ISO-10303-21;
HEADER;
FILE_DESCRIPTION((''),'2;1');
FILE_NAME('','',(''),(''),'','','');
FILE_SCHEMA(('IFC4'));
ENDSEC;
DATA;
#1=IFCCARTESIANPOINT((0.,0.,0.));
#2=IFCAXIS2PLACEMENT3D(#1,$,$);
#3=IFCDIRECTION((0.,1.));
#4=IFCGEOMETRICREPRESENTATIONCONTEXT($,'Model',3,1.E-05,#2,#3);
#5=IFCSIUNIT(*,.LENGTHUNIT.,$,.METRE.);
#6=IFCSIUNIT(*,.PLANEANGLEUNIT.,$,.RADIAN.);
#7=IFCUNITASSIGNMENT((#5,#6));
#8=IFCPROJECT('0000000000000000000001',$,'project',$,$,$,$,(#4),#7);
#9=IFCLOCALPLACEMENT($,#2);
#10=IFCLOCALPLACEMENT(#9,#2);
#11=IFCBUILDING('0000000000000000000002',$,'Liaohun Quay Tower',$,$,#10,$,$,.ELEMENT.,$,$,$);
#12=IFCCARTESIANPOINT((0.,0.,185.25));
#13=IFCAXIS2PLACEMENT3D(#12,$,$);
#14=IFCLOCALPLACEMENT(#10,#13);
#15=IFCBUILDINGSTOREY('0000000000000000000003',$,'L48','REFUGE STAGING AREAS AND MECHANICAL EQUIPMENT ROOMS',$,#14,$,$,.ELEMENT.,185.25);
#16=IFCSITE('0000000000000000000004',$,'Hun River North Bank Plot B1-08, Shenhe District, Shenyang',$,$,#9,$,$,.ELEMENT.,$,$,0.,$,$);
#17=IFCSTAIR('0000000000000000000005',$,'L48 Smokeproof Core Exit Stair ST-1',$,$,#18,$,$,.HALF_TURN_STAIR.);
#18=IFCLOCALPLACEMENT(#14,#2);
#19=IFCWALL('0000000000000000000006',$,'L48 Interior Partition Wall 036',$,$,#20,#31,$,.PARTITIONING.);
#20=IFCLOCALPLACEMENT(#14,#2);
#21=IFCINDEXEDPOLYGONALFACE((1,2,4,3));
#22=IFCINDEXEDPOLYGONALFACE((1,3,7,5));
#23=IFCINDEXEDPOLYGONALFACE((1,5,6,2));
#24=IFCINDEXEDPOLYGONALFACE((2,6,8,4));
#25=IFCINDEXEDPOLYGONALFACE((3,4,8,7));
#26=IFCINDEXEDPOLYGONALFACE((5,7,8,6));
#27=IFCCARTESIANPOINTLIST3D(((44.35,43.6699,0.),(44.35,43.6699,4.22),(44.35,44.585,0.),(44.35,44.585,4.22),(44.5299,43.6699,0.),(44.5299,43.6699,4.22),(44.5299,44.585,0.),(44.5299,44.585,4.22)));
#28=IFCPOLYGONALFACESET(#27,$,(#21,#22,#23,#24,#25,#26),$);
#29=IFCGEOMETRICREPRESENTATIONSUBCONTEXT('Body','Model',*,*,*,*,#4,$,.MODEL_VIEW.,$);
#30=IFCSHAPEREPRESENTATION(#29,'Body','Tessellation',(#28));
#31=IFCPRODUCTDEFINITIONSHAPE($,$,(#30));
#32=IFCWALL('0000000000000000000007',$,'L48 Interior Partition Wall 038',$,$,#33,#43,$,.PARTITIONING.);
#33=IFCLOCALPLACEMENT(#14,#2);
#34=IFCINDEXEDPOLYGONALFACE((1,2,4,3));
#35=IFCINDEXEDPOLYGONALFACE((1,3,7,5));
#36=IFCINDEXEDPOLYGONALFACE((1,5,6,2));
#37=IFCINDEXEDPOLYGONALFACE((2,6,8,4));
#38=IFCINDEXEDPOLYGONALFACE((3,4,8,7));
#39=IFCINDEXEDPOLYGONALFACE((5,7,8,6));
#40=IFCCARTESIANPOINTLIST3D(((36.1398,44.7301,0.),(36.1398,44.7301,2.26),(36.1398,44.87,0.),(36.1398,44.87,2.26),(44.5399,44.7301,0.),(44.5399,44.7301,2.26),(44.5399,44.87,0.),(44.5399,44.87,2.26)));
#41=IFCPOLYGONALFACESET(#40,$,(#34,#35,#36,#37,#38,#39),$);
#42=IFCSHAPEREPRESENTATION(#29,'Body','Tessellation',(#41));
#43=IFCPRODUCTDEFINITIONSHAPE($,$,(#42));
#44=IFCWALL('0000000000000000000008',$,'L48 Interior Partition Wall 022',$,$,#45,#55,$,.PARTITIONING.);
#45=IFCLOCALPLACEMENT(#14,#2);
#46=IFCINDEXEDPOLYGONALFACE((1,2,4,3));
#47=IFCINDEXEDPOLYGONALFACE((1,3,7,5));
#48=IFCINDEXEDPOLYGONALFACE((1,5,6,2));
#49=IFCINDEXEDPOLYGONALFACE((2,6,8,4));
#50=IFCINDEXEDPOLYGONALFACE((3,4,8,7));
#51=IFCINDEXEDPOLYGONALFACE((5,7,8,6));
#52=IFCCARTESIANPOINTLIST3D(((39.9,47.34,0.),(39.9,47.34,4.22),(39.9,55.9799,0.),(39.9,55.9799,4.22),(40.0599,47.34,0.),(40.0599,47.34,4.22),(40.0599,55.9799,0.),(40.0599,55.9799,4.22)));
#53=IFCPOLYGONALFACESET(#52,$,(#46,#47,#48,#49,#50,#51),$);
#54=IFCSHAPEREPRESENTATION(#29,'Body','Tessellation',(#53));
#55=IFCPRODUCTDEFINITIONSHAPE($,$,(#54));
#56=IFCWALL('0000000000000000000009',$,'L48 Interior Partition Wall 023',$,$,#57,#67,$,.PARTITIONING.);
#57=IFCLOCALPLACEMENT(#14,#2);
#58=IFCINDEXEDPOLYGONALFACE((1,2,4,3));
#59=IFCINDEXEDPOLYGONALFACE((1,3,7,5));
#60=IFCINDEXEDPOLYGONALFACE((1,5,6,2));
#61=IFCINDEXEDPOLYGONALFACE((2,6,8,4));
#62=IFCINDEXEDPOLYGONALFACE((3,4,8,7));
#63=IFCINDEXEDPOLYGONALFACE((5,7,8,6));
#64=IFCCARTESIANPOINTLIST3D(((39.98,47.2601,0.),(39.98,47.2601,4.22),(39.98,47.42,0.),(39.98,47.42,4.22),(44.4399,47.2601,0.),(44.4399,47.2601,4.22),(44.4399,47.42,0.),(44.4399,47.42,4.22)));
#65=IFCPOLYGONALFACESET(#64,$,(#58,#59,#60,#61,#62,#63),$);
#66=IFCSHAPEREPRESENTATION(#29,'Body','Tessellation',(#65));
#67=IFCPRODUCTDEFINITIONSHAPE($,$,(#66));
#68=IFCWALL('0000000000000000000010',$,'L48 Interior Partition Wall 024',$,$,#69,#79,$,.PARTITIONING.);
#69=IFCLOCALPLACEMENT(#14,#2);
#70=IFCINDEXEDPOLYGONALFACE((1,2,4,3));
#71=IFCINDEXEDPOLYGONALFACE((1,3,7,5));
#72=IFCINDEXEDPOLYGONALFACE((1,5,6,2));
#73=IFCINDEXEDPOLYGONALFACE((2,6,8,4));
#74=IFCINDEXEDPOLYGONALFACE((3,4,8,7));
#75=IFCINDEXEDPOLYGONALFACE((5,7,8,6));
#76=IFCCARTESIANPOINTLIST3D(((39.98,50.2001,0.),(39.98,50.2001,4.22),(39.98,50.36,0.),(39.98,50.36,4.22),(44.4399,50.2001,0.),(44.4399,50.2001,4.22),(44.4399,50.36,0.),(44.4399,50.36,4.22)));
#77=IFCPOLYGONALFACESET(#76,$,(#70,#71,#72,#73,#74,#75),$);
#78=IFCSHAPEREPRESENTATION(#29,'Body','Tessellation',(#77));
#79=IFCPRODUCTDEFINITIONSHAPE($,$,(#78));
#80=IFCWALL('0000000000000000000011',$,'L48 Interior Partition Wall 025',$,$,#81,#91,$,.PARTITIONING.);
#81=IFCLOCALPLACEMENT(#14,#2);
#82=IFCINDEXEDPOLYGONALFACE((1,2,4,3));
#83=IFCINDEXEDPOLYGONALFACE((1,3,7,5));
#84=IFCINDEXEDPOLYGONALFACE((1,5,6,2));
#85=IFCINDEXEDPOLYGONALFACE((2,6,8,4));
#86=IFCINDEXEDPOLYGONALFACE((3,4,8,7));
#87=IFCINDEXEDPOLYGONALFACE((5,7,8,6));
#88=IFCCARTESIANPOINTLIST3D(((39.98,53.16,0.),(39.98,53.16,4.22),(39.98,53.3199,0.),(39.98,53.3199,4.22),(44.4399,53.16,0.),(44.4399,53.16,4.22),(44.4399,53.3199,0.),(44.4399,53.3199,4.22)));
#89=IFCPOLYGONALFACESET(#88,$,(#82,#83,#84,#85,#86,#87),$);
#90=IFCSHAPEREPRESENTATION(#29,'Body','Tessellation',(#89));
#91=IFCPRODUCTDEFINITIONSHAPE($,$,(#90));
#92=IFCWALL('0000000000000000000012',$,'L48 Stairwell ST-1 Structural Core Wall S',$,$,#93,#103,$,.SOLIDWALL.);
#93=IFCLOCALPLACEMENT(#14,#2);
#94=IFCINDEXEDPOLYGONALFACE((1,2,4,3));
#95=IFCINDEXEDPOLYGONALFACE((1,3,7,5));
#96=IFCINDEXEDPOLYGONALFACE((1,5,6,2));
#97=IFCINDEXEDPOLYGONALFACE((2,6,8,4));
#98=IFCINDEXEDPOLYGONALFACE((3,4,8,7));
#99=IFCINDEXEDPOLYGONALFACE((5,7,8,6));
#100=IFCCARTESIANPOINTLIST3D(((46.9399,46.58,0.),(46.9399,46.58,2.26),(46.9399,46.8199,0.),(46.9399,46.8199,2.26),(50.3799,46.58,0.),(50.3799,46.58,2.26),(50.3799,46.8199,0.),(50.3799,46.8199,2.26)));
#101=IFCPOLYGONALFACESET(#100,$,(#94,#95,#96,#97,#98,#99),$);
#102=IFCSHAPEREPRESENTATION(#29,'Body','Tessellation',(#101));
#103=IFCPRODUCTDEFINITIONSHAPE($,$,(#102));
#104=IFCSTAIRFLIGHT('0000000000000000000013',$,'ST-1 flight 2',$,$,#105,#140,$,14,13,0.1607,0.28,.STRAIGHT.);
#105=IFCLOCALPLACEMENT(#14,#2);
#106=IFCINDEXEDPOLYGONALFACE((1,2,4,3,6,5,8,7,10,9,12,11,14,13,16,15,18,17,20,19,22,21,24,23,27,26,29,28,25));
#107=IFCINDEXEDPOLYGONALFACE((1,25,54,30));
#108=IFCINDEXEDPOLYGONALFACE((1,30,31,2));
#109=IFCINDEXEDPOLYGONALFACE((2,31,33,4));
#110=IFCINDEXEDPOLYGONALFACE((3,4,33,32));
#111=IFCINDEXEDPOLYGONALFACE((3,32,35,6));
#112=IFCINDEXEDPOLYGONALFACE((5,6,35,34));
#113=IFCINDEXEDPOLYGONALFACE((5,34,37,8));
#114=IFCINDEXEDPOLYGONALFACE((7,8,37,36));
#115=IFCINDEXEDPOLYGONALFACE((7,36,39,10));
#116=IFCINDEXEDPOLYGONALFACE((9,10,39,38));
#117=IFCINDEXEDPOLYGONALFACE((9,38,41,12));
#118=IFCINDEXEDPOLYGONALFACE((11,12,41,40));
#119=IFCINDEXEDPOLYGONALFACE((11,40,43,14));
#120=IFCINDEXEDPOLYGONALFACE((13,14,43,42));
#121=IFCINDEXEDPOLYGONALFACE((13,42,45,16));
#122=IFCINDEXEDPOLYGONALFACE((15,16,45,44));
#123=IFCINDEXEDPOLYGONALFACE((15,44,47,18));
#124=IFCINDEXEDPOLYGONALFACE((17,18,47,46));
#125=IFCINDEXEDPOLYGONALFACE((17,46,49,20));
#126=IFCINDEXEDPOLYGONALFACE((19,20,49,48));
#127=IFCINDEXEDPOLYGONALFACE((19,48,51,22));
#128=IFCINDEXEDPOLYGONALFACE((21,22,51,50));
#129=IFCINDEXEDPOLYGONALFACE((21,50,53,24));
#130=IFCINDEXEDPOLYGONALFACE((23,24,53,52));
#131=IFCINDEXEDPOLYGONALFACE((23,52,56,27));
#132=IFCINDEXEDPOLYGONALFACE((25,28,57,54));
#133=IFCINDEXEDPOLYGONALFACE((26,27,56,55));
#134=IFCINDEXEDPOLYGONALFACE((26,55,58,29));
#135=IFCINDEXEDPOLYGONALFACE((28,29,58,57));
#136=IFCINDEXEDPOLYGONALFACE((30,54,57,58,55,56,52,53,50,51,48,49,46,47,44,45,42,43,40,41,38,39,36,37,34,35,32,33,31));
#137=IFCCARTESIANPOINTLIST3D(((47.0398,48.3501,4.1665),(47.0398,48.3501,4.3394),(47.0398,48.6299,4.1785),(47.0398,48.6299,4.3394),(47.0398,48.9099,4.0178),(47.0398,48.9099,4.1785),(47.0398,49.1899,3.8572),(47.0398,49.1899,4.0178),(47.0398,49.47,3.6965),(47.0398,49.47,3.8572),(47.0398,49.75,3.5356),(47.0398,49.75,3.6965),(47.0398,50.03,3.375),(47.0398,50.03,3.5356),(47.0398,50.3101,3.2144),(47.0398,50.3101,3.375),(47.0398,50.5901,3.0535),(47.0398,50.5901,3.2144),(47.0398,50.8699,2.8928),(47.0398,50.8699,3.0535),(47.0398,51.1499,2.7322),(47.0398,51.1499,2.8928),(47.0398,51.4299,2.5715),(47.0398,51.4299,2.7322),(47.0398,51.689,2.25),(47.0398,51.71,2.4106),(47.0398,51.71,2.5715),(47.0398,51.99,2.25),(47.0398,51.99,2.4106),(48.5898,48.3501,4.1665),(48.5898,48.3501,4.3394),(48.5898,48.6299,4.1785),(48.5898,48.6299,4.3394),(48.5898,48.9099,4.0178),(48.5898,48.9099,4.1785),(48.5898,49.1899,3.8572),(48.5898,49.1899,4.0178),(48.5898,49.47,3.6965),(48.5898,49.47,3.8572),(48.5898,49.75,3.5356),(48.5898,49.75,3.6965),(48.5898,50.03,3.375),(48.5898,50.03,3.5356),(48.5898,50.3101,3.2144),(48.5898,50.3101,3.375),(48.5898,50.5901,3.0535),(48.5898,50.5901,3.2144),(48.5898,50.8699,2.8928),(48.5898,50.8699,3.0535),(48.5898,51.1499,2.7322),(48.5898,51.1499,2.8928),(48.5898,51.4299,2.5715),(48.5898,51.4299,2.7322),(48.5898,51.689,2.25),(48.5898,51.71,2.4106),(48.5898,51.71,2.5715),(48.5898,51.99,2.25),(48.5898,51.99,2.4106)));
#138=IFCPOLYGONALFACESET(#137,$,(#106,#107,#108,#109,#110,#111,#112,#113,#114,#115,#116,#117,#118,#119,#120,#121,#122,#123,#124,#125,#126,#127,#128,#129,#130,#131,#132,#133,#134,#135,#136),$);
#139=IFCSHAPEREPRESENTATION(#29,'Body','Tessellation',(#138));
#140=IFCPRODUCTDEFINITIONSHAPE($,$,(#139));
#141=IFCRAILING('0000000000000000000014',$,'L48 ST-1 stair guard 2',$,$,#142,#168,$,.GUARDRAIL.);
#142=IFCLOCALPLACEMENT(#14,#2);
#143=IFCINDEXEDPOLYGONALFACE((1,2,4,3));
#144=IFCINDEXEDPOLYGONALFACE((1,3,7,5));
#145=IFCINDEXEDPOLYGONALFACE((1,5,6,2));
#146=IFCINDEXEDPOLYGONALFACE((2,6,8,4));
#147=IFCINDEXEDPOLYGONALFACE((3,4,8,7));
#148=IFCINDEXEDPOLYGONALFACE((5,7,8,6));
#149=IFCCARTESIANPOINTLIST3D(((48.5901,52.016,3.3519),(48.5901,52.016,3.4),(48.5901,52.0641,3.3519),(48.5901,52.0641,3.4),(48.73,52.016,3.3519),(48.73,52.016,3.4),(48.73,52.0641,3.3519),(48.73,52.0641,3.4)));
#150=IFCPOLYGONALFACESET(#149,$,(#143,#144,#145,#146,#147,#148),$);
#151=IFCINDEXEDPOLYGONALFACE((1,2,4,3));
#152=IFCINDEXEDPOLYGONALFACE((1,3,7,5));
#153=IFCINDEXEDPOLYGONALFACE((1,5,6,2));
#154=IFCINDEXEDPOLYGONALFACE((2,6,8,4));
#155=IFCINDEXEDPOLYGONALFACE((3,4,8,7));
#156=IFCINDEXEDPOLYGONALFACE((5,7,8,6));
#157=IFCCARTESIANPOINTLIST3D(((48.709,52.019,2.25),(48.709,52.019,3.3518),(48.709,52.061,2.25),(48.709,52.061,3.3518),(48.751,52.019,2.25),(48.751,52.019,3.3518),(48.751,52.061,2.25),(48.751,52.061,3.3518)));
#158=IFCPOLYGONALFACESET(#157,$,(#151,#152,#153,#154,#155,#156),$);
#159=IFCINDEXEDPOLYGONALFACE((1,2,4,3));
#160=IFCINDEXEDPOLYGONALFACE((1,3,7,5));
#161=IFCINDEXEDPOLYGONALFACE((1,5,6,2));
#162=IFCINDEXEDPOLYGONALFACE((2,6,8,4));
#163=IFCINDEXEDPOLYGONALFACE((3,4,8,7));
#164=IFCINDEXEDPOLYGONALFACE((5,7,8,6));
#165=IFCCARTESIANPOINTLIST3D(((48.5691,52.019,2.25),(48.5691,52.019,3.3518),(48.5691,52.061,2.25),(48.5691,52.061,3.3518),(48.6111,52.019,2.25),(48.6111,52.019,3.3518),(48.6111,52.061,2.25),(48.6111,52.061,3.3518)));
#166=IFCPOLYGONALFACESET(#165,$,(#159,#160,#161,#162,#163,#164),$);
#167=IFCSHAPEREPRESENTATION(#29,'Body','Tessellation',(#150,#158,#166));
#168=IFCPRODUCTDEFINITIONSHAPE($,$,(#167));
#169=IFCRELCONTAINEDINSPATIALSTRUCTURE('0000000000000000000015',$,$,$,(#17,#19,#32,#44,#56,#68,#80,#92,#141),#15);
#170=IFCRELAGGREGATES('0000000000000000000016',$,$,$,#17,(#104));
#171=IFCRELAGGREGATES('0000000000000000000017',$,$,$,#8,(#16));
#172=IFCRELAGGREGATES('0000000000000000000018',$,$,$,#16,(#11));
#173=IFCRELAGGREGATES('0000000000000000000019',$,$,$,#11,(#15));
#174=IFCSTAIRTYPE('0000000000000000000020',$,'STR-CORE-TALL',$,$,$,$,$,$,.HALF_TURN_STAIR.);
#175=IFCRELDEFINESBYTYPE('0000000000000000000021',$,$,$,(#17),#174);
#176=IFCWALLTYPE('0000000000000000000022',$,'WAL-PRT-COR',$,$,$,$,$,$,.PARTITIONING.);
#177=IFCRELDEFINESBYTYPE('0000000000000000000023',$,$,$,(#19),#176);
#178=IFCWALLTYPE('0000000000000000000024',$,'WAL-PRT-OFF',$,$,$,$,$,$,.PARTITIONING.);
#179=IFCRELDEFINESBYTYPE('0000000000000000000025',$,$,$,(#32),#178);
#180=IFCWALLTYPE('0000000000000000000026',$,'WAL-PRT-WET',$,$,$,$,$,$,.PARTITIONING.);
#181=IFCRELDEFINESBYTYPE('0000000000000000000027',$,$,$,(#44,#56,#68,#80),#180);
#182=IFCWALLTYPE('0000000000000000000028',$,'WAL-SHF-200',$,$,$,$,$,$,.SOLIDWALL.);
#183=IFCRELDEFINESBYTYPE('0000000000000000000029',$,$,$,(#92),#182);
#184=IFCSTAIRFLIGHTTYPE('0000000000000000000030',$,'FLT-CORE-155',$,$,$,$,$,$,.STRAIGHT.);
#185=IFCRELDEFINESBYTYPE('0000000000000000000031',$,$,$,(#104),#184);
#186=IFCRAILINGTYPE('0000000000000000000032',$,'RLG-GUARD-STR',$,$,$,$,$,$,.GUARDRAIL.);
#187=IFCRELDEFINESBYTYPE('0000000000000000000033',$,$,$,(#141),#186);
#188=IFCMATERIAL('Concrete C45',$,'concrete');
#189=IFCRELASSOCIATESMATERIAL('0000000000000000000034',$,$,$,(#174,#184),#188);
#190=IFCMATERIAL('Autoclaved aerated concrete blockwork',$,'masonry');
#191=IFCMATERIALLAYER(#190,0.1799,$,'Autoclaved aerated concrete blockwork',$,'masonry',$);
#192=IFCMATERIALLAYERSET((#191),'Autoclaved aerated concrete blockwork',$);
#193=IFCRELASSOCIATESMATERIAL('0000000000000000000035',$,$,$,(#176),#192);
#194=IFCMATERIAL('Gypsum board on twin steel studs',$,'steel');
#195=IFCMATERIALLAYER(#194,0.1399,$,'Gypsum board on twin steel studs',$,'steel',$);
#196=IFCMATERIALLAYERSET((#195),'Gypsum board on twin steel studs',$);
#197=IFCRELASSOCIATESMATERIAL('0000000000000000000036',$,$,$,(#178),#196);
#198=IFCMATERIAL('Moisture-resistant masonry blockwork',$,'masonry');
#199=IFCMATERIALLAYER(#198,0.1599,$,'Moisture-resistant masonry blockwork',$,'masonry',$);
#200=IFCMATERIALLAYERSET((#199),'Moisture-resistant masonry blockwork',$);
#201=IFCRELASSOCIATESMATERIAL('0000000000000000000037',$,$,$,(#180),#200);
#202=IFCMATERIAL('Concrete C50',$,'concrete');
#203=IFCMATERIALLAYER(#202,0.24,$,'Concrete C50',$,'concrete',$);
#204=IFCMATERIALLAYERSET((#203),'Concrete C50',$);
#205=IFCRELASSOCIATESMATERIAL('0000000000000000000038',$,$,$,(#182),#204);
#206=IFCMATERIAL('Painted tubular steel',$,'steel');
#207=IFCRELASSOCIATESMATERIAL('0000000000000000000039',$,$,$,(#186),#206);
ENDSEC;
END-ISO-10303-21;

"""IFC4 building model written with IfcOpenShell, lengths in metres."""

from ifc_helpers import new_model, si_unit, direction, frame, frame_2d, origin, origin_2d, place, context, subcontext, project, spatial, polyline, rectangle, outline, extrude, material, layer, layer_set, type_object, element, aggregate, save


model = new_model("IFC4")

# Units and contexts
model_context = context("Model", 3, precision=1e-05, world=origin(), true_north=direction((0.0, 1.0)))
body_context = subcontext(model_context, "Body", "Model", "MODEL_VIEW")
ifc_project = project(units=[si_unit("LENGTHUNIT", "METRE"), si_unit("PLANEANGLEUNIT", "RADIAN")], contexts=[model_context])

# Site, building, storey
site_placement = place(None, origin())
site = spatial("IfcSite", under=ifc_project, at=site_placement, Name="Hun River North Bank Plot B1-08, Shenhe District, Shenyang", CompositionType="ELEMENT", RefElevation=0.0)
building_placement = place(site_placement, origin())
building = spatial("IfcBuilding", under=site, at=building_placement, Name="Liaohun Quay Tower", CompositionType="ELEMENT")
storey_placement = place(building_placement, frame((0.0, 0.0, 185.25)))
storey = spatial("IfcBuildingStorey", under=building, at=storey_placement, Name="L48", Description="REFUGE STAGING AREAS AND MECHANICAL EQUIPMENT ROOMS", CompositionType="ELEMENT", Elevation=185.25)

# Stair
ifc_material_1 = material(Name="Concrete C45", Category="concrete")
stair_type = type_object("IfcStairType", Name="STR-CORE-TALL", PredefinedType="HALF_TURN_STAIR", material=ifc_material_1)
stair_1_placement = place(storey_placement, origin())
stair_1 = element("IfcStair", 1, at=stair_1_placement, inside=storey, type_object=stair_type, Name="L48 Smokeproof Core Exit Stair ST-1", PredefinedType="HALF_TURN_STAIR")

# Shared definitions
ifc_material_2 = material(Name="Concrete C50", Category="concrete")

# Walls
ifc_material_3 = material(Name="Autoclaved aerated concrete blockwork", Category="masonry")
ifc_layer_1 = layer(ifc_material_3, 0.1799, Name="Autoclaved aerated concrete blockwork", Category="masonry")
ifc_layer_set_1 = layer_set([ifc_layer_1], Name="Autoclaved aerated concrete blockwork")
wall_type_1 = type_object("IfcWallType", Name="WAL-PRT-COR", PredefinedType="PARTITIONING", material=ifc_layer_set_1)
wall_1_placement = place(storey_placement, frame((44.4399, 43.6699, 0.0), z_axis=(0.0, 0.0, 1.0), x_axis=(0.0, 1.0, 0.0)))
element("IfcWall", 2, at=wall_1_placement, inside=storey, type_object=wall_type_1, Name="L48 Interior Partition Wall 036", PredefinedType="PARTITIONING", context=body_context, shape_type="SweptSolid", body=[
    extrude(rectangle(XDim=0.915, YDim=0.1799, at=frame_2d((0.4575, 0.0))), origin(), (0.0, 0.0, 1.0), 4.22),
])
ifc_material_4 = material(Name="Gypsum board on twin steel studs", Category="steel")
ifc_layer_2 = layer(ifc_material_4, 0.1399, Name="Gypsum board on twin steel studs", Category="steel")
ifc_layer_set_2 = layer_set([ifc_layer_2], Name="Gypsum board on twin steel studs")
wall_type_2 = type_object("IfcWallType", Name="WAL-PRT-OFF", PredefinedType="PARTITIONING", material=ifc_layer_set_2)
wall_2_placement = place(storey_placement, frame((44.54, 44.8, 0.0), z_axis=(0.0, 0.0, 1.0), x_axis=(-1.0, 0.0, 0.0)))
element("IfcWall", 3, at=wall_2_placement, inside=storey, type_object=wall_type_2, Name="L48 Interior Partition Wall 038", PredefinedType="PARTITIONING", context=body_context, shape_type="SweptSolid", body=[
    extrude(rectangle(XDim=8.4001, YDim=0.1399, at=frame_2d((4.2002, 0.0))), origin(), (0.0, 0.0, 1.0), 2.26),
])

# Shared definitions
ifc_material_5 = material(Name="Moisture-resistant masonry blockwork", Category="masonry")
ifc_layer_3 = layer(ifc_material_5, 0.1599, Name="Moisture-resistant masonry blockwork", Category="masonry")
ifc_layer_set_3 = layer_set([ifc_layer_3], Name="Moisture-resistant masonry blockwork")
wall_type_3 = type_object("IfcWallType", Name="WAL-PRT-WET", PredefinedType="PARTITIONING", material=ifc_layer_set_3)

# Walls
wall_3_placement = place(storey_placement, frame((39.98, 47.3401, 0.0), z_axis=(0.0, 0.0, 1.0), x_axis=(0.0, 1.0, 0.0)))
element("IfcWall", 4, at=wall_3_placement, inside=storey, type_object=wall_type_3, Name="L48 Interior Partition Wall 022", PredefinedType="PARTITIONING", context=body_context, shape_type="SweptSolid", body=[
    extrude(rectangle(XDim=8.6399, YDim=0.1599, at=frame_2d((4.3198, 0.0))), origin(), (0.0, 0.0, 1.0), 4.22),
])
for number, where, z_axis, x_axis, name in (
    (5, (39.98, 47.3401, 0.0), (0.0, 0.0, 1.0), (1.0, 0.0, 0.0), "L48 Interior Partition Wall 023"),
    (6, (39.98, 50.28, 0.0), (0.0, 0.0, 1.0), (1.0, 0.0, 0.0), "L48 Interior Partition Wall 024"),
    (7, (39.98, 53.24, 0.0), (0.0, 0.0, 1.0), (1.0, 0.0, 0.0), "L48 Interior Partition Wall 025"),
):
    element("IfcWall", number, at=place(storey_placement, frame(where, z_axis=z_axis, x_axis=x_axis)), inside=storey, type_object=wall_type_3, Name=name, PredefinedType="PARTITIONING", context=body_context, shape_type="SweptSolid", body=[
        extrude(rectangle(XDim=4.46, YDim=0.1599, at=frame_2d((2.23, 0.0))), origin(), (0.0, 0.0, 1.0), 4.22),
    ])
ifc_layer_4 = layer(ifc_material_2, 0.24, Name="Concrete C50", Category="concrete")
ifc_layer_set_4 = layer_set([ifc_layer_4], Name="Concrete C50")
wall_type_4 = type_object("IfcWallType", Name="WAL-SHF-200", PredefinedType="SOLIDWALL", material=ifc_layer_set_4)
wall_4_placement = place(storey_placement, frame((46.9399, 46.7, 0.0), z_axis=(0.0, 0.0, 1.0), x_axis=(1.0, 0.0, 0.0)))
element("IfcWall", 8, at=wall_4_placement, inside=storey, type_object=wall_type_4, Name="L48 Stairwell ST-1 Structural Core Wall S", PredefinedType="SOLIDWALL", context=body_context, shape_type="SweptSolid", body=[
    extrude(rectangle(XDim=3.4399, YDim=0.24, at=frame_2d((1.72, 0.0))), origin(), (0.0, 0.0, 1.0), 2.26),
])

# Stair flight
stair_flight_type = type_object("IfcStairFlightType", Name="FLT-CORE-155", PredefinedType="STRAIGHT", material=ifc_material_1)
stair_flight_placement = place(storey_placement, frame((47.8149, 51.99, 2.25), z_axis=(0.0, 0.0, 1.0), x_axis=(0.0, -1.0, 0.0)))
stair_flight = element("IfcStairFlight", 9, at=stair_flight_placement, type_object=stair_flight_type, Name="ST-1 flight 2", NumberOfRisers=14, NumberOfTreads=13, PredefinedType="STRAIGHT", RiserHeight=0.1607, TreadLength=0.28, context=body_context, shape_type="SweptSolid", body=[
    extrude(outline(polyline([(0.0, 0.0), (0.0, 0.1606), (0.28, 0.1606), (0.28, 0.3215), (0.5601, 0.3215), (0.5601, 0.4822), (0.8401, 0.4822), (0.8401, 0.6428), (1.1201, 0.6428), (1.1201, 0.8035), (1.3999, 0.8035), (1.3999, 0.9644), (1.6799, 0.9644), (1.6799, 1.125), (1.96, 1.125), (1.96, 1.2856), (2.24, 1.2856), (2.24, 1.4465), (2.52, 1.4465), (2.52, 1.6072), (2.8, 1.6072), (2.8, 1.7678), (3.0801, 1.7678), (3.0801, 1.9285), (3.3601, 1.9285), (3.3601, 2.0894), (3.6399, 2.0894), (3.6399, 2.25), (3.6399, 1.9165), (0.301, 0.0), (0.0, 0.0)])), frame((0.0, 0.7749, 0.0), z_axis=(0.0, -1.0, 0.0), x_axis=(1.0, 0.0, 0.0)), (0.0, 0.0, 1.0), 1.55),
])
aggregate(stair_1, [stair_flight])

# Railing
ifc_material_6 = material(Name="Painted tubular steel", Category="steel")
railing_type_1 = type_object("IfcRailingType", Name="RLG-GUARD-STR", PredefinedType="GUARDRAIL", material=ifc_material_6)
railing_1_placement = place(storey_placement, frame((48.73, 52.04, 2.25)))
element("IfcRailing", 10, at=railing_1_placement, inside=storey, type_object=railing_type_1, Name="L48 ST-1 stair guard 2", PredefinedType="GUARDRAIL", context=body_context, shape_type="SweptSolid", body=[
    extrude(rectangle(XDim=0.0481, YDim=0.0481, at=origin_2d()), frame((0.0, 0.0, 1.126), z_axis=(-1.0, 0.0, 0.0), x_axis=(0.0, -1.0, 0.0)), (0.0, 0.0, 1.0), 0.1399),
    extrude(rectangle(XDim=0.042, YDim=0.042, at=origin_2d()), origin(), (0.0, 0.0, 1.0), 1.1018),
    extrude(rectangle(XDim=0.042, YDim=0.042, at=origin_2d()), frame((-0.1399, 0.0, 0.0)), (0.0, 0.0, 1.0), 1.1018),
])

save(model, "model.ifc")
